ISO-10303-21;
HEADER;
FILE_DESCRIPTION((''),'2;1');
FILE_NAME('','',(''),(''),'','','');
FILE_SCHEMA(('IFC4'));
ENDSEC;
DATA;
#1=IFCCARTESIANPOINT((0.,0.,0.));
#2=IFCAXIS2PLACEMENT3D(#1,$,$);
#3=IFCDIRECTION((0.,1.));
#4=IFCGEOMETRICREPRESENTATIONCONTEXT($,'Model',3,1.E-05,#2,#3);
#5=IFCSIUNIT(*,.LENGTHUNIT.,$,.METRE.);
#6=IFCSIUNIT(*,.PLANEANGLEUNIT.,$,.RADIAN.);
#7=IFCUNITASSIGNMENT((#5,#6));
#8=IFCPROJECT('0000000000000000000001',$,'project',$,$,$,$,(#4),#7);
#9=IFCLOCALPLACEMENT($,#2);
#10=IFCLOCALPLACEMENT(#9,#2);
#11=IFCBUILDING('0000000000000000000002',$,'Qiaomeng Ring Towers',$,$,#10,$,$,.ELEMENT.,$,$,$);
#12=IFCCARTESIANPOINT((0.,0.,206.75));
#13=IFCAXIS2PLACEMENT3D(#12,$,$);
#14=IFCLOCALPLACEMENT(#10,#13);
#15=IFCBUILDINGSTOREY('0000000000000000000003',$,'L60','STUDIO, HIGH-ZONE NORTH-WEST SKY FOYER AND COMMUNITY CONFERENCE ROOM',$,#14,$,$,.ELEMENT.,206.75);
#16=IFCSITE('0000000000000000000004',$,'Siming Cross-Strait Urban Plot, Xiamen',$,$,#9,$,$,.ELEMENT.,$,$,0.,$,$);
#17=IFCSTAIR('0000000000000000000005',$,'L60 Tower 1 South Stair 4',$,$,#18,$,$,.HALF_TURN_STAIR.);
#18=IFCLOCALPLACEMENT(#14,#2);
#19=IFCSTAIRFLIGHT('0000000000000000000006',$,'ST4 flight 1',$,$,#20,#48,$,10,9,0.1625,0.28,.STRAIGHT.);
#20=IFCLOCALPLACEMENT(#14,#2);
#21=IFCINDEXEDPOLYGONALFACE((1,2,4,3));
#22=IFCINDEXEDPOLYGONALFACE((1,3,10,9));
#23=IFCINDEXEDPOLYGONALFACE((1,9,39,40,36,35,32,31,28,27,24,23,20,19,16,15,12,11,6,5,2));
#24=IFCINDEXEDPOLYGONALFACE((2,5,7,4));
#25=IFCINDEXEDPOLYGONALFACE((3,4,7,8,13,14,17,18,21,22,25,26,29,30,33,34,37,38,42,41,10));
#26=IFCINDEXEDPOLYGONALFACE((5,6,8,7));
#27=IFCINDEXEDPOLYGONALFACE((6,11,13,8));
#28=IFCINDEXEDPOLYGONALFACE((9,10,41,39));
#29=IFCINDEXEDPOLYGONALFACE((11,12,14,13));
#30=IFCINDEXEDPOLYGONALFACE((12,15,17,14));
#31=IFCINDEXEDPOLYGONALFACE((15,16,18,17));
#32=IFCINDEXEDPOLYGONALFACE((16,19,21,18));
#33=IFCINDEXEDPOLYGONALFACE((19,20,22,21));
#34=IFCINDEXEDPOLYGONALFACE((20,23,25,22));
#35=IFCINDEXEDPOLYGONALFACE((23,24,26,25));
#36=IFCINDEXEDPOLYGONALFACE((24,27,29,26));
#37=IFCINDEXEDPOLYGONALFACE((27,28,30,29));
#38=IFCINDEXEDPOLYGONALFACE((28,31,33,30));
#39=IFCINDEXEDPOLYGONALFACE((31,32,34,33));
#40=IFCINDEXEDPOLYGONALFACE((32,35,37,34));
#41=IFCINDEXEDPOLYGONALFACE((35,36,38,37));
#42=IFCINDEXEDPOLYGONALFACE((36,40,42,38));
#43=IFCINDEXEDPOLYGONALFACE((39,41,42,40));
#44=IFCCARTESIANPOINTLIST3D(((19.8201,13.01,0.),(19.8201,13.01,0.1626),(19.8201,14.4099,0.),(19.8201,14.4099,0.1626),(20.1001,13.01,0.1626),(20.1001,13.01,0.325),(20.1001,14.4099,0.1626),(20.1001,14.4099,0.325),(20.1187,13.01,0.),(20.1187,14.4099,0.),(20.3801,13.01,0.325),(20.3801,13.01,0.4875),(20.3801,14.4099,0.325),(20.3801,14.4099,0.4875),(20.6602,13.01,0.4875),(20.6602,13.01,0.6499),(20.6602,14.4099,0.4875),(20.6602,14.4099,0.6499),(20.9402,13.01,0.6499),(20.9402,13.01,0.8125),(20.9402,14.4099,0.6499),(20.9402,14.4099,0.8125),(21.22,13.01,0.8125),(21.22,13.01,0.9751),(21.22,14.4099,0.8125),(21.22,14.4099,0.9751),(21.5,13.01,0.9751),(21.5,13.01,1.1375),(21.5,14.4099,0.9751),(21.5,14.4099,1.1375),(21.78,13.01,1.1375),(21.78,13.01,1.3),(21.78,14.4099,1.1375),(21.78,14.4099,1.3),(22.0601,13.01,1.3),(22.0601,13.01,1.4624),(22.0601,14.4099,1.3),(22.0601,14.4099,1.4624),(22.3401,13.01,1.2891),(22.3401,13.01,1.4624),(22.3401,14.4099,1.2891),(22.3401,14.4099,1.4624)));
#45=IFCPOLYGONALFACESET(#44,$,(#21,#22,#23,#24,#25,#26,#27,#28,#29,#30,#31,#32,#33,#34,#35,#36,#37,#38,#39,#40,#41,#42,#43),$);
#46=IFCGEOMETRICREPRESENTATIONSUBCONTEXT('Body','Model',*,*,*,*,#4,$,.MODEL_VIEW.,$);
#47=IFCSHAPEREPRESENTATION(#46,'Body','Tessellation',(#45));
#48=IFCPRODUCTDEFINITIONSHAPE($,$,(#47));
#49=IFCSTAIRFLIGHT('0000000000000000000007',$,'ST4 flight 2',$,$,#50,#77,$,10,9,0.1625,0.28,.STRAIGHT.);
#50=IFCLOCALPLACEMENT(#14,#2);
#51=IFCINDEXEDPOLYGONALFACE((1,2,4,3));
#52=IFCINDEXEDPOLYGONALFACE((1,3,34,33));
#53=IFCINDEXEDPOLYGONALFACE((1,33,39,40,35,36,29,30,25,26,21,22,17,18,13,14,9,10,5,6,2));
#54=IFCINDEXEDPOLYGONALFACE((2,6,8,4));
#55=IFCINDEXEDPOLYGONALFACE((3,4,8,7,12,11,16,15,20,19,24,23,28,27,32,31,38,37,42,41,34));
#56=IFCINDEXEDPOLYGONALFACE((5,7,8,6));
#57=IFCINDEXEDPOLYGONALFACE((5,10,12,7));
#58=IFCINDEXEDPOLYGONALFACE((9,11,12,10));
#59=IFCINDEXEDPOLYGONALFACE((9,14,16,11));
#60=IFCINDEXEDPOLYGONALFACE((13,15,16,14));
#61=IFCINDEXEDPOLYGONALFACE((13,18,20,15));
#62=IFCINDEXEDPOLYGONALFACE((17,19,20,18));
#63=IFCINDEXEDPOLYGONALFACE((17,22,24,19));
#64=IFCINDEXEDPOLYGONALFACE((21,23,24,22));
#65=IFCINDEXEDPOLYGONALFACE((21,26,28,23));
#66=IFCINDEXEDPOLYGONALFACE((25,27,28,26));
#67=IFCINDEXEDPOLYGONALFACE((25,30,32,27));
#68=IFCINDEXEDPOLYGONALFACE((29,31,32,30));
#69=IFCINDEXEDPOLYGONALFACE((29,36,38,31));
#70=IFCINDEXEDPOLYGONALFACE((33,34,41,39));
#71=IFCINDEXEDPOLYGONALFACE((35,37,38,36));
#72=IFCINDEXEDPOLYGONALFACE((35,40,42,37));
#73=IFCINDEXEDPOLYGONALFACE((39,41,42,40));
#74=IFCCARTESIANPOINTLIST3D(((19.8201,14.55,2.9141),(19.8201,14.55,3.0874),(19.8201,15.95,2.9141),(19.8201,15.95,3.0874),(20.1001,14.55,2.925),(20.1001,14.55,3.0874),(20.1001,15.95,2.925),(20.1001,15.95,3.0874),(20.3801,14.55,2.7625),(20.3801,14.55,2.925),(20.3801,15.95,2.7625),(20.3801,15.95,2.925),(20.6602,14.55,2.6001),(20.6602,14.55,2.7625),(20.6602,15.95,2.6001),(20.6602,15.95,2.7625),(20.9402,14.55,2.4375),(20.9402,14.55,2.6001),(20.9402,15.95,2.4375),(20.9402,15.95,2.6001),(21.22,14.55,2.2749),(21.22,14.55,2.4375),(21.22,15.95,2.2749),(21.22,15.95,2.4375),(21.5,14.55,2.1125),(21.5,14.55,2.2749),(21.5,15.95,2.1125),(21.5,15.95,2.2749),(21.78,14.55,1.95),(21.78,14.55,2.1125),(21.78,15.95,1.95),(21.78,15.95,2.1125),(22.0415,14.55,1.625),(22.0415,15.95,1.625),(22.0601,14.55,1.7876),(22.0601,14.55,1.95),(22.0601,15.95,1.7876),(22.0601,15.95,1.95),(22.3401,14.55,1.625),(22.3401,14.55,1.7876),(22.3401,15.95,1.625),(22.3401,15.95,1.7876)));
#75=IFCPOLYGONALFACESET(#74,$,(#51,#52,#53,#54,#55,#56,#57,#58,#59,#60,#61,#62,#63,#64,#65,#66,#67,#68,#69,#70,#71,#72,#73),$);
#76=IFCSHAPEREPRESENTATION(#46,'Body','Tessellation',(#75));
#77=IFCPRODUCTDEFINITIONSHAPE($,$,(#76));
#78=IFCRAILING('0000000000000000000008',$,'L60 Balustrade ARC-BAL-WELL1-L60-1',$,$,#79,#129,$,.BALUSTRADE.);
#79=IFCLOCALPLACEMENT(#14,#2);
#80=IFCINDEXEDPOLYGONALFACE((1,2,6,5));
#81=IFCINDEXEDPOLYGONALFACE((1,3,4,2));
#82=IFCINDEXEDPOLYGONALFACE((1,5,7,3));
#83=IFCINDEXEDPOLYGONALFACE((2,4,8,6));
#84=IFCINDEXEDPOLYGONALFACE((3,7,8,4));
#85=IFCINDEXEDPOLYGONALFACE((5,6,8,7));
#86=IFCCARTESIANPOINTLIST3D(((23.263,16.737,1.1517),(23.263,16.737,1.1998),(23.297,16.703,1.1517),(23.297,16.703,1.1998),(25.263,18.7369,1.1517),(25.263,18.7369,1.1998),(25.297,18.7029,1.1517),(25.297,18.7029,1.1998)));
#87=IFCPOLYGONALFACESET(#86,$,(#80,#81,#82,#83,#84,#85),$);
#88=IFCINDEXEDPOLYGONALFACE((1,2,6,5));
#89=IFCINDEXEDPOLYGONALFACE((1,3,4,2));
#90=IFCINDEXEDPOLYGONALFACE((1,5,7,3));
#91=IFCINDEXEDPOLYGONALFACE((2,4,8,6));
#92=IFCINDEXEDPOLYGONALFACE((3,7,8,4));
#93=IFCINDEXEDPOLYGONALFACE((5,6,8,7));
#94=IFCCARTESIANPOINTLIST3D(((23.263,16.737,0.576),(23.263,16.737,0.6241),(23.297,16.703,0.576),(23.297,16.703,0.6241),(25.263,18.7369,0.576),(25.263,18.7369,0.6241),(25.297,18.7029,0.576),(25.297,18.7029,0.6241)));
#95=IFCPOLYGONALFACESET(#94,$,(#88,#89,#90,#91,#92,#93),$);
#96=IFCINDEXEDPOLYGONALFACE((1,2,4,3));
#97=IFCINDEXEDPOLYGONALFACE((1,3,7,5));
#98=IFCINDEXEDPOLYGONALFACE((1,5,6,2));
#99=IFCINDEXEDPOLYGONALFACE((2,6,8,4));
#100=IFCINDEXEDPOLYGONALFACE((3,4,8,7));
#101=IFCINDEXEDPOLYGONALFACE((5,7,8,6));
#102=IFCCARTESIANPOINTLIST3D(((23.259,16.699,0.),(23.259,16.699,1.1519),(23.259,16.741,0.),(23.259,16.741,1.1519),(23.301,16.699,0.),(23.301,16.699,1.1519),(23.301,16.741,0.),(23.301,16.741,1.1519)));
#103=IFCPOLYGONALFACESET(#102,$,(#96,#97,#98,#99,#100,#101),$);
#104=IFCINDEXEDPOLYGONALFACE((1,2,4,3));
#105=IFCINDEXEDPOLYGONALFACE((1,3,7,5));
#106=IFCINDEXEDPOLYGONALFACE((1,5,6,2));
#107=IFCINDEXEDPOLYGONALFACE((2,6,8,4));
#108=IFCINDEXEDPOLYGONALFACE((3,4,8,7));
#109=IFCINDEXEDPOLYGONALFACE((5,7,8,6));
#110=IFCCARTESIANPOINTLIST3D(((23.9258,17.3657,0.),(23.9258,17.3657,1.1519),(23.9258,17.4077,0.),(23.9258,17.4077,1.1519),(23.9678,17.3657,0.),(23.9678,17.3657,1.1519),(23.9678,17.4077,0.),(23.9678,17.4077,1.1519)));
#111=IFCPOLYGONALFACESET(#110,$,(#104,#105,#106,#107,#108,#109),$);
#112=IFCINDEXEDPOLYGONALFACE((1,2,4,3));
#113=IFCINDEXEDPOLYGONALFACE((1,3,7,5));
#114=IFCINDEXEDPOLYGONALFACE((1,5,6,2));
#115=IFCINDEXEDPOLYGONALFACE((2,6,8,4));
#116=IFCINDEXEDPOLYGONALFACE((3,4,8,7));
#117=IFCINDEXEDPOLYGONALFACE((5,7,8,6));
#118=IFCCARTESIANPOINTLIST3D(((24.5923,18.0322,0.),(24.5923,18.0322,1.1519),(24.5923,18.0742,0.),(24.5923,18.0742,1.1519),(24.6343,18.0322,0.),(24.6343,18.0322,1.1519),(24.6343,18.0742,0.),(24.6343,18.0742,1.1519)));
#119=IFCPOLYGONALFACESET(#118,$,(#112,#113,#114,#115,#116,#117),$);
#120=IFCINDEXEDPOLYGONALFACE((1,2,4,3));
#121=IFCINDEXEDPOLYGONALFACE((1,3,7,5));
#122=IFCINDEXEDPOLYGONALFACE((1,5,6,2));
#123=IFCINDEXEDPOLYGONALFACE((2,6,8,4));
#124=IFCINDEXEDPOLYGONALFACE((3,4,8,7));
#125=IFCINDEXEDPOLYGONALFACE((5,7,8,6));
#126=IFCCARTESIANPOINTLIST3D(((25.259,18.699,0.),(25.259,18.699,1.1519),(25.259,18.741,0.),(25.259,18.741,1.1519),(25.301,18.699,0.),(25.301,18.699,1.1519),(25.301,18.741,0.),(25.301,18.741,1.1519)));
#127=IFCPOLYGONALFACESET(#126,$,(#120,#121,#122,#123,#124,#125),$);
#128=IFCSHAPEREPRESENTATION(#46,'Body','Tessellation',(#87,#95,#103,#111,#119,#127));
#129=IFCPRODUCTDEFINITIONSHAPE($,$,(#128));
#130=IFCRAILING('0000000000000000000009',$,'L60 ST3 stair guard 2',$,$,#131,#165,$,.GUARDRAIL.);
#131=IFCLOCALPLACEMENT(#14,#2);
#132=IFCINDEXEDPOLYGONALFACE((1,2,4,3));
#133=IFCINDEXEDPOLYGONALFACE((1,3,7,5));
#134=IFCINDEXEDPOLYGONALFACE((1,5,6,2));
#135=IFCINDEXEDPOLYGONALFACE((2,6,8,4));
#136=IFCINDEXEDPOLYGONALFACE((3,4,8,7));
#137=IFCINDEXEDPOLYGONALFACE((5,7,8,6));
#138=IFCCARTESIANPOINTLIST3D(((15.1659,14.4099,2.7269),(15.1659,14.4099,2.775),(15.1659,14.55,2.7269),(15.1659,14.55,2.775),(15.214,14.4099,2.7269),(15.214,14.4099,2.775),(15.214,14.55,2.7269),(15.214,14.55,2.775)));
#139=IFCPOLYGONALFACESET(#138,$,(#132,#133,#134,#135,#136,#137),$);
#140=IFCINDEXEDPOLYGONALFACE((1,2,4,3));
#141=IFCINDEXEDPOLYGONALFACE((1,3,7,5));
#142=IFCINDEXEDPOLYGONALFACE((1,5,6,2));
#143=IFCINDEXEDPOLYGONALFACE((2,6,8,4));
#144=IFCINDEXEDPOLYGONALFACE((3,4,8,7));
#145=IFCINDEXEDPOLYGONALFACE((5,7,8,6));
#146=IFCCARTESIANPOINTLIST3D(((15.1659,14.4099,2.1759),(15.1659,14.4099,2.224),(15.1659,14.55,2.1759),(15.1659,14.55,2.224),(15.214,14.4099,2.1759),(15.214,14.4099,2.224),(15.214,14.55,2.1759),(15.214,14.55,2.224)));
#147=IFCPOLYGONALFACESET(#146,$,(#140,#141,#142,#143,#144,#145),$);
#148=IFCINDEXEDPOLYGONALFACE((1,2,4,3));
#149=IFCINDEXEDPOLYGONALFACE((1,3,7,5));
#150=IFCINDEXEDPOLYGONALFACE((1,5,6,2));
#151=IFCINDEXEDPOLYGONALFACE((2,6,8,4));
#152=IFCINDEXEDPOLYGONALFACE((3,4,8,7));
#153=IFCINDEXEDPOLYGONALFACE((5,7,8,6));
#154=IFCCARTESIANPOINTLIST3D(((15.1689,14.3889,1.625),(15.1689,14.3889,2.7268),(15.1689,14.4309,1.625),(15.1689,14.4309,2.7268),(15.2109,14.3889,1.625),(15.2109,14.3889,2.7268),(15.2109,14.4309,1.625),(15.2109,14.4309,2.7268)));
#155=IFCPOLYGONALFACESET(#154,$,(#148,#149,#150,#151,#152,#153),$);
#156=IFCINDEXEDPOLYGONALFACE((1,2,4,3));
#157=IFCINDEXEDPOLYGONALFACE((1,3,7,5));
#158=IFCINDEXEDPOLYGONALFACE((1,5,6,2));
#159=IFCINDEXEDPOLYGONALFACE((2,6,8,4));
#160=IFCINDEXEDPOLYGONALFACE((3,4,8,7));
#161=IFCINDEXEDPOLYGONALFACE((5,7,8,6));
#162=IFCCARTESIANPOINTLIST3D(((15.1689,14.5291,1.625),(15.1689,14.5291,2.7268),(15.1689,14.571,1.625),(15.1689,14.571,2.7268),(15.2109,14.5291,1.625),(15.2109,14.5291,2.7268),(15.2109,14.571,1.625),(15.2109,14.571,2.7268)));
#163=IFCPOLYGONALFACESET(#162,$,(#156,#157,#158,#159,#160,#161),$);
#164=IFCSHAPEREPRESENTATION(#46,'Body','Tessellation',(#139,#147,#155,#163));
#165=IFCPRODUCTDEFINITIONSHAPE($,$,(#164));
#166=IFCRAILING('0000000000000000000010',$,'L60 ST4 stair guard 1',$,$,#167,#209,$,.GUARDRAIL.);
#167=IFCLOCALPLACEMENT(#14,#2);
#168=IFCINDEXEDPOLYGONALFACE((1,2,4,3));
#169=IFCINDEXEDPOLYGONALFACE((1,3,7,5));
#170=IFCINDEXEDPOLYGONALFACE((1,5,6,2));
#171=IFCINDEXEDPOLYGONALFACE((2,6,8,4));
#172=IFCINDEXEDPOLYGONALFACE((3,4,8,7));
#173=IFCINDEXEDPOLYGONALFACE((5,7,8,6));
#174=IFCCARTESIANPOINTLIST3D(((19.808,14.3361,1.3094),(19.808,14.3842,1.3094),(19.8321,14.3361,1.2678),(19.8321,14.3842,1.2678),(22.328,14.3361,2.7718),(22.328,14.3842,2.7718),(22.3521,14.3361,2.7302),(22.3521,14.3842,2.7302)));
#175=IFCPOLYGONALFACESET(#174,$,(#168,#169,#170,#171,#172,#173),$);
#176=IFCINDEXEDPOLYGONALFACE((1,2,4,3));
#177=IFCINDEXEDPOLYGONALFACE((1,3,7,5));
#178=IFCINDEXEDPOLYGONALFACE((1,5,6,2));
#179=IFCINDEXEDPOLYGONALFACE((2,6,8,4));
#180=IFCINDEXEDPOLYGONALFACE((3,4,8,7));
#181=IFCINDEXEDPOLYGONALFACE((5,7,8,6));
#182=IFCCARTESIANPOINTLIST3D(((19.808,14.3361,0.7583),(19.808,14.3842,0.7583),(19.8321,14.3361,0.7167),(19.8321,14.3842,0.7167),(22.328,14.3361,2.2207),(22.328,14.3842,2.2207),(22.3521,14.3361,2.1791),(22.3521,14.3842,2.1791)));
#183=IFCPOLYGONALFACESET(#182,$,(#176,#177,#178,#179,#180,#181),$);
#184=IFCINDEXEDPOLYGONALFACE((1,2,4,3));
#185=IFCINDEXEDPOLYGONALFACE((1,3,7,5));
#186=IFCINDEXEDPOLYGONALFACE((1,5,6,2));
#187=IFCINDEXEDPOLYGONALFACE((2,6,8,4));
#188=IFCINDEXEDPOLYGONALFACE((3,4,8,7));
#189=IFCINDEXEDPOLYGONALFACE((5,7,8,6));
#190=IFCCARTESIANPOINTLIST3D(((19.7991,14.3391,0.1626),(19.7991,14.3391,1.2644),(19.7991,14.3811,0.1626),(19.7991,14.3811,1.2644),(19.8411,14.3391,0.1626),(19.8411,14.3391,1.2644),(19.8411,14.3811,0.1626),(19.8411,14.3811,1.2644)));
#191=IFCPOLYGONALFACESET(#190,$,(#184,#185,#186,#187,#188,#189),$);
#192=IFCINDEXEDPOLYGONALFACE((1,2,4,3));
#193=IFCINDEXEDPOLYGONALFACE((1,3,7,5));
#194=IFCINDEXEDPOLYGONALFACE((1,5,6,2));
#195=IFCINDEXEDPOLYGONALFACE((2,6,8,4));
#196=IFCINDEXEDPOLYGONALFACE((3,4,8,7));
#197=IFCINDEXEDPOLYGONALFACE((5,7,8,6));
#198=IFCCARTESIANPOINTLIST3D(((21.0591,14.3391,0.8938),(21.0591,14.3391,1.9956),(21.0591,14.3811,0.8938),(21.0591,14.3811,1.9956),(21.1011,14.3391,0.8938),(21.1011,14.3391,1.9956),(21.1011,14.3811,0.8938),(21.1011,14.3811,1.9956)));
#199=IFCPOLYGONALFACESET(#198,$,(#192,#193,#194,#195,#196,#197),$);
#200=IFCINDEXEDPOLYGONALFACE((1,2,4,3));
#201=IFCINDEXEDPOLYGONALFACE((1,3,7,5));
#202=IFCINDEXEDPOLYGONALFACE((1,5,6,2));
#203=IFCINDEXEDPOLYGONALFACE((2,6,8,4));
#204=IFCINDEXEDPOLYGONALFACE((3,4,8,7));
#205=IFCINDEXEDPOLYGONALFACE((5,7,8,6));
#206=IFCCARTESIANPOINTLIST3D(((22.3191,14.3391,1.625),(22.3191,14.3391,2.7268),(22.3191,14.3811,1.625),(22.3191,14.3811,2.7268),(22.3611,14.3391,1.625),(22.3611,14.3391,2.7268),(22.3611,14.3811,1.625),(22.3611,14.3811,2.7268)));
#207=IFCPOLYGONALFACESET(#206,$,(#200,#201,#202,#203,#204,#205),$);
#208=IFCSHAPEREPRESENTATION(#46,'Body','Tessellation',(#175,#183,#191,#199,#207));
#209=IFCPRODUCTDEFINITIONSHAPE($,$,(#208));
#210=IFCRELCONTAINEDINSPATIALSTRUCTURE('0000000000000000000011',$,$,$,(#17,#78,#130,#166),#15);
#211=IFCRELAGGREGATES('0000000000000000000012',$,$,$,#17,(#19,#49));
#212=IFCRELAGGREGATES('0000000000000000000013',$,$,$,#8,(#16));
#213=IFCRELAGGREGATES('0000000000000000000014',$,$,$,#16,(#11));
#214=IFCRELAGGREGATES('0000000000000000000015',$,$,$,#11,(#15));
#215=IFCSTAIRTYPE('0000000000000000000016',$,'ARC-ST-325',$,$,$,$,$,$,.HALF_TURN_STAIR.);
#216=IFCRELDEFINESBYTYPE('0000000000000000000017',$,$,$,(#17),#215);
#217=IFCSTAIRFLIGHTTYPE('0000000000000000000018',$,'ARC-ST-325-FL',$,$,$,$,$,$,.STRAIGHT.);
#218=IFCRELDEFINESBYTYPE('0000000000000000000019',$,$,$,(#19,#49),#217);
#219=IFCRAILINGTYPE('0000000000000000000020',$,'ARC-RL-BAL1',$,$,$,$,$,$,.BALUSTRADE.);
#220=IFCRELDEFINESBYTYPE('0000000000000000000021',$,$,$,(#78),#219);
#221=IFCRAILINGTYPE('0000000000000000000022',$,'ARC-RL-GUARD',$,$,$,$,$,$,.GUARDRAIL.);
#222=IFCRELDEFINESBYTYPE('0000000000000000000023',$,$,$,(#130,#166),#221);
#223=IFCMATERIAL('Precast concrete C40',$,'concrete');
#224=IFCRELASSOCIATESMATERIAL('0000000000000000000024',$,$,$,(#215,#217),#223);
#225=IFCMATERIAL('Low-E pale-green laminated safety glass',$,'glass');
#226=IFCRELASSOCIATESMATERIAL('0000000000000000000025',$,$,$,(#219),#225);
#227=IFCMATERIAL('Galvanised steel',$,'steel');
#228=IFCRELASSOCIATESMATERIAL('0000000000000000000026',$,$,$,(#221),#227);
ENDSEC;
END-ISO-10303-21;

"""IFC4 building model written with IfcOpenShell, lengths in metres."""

from ifc_helpers import new_model, si_unit, direction, frame, origin, origin_2d, place, context, subcontext, project, spatial, polyline, rectangle, outline, extrude, source, transform, mapped, material, type_object, element, aggregate, save


model = new_model("IFC4")

# Units and contexts
model_context = context("Model", 3, precision=1e-05, world=origin(), true_north=direction((0.0, 1.0)))
body_context = subcontext(model_context, "Body", "Model", "MODEL_VIEW")
ifc_project = project(units=[si_unit("LENGTHUNIT", "METRE"), si_unit("PLANEANGLEUNIT", "RADIAN")], contexts=[model_context])

# Site, building, storey
site_placement = place(None, origin())
site = spatial("IfcSite", under=ifc_project, at=site_placement, Name="Siming Cross-Strait Urban Plot, Xiamen", CompositionType="ELEMENT", RefElevation=0.0)
building_placement = place(site_placement, origin())
building = spatial("IfcBuilding", under=site, at=building_placement, Name="Qiaomeng Ring Towers", CompositionType="ELEMENT")
storey_placement = place(building_placement, frame((0.0, 0.0, 206.75)))
storey = spatial("IfcBuildingStorey", under=building, at=storey_placement, Name="L60", Description="STUDIO, HIGH-ZONE NORTH-WEST SKY FOYER AND COMMUNITY CONFERENCE ROOM", CompositionType="ELEMENT", Elevation=206.75)

# Shared definitions
ifc_material_1 = material(Name="Galvanised steel", Category="steel")

# Stair, stair flights
ifc_material_2 = material(Name="Precast concrete C40", Category="concrete")
stair_type = type_object("IfcStairType", Name="ARC-ST-325", PredefinedType="HALF_TURN_STAIR", material=ifc_material_2)
stair_placement = place(storey_placement, origin())
stair = element("IfcStair", 1, at=stair_placement, inside=storey, type_object=stair_type, Name="L60 Tower 1 South Stair 4", PredefinedType="HALF_TURN_STAIR")
stair_flight_type = type_object("IfcStairFlightType", Name="ARC-ST-325-FL", PredefinedType="STRAIGHT", material=ifc_material_2)
shared_shape_1 = source(origin(), body_context, "Body", "SweptSolid", [
    extrude(outline(polyline([(0.0, 0.0), (0.0, 0.1626), (0.28, 0.1626), (0.28, 0.325), (0.5601, 0.325), (0.5601, 0.4875), (0.8401, 0.4875), (0.8401, 0.6499), (1.1201, 0.6499), (1.1201, 0.8125), (1.3999, 0.8125), (1.3999, 0.9751), (1.6799, 0.9751), (1.6799, 1.1375), (1.96, 1.1375), (1.96, 1.3), (2.24, 1.3), (2.24, 1.4624), (2.52, 1.4624), (2.52, 1.625), (2.52, 1.2891), (0.2986, 0.0), (0.0, 0.0)])), frame((0.0, 0.7, 0.0), z_axis=(0.0, -1.0, 0.0), x_axis=(1.0, 0.0, 0.0)), (0.0, 0.0, 1.0), 1.3999),
])
stair_flight_1_placement = place(storey_placement, frame((19.8201, 13.71, 0.0), z_axis=(0.0, 0.0, 1.0), x_axis=(1.0, 0.0, 0.0)))
stair_flight_1 = element("IfcStairFlight", 2, at=stair_flight_1_placement, type_object=stair_flight_type, Name="ST4 flight 1", NumberOfRisers=10, NumberOfTreads=9, PredefinedType="STRAIGHT", RiserHeight=0.1625, TreadLength=0.28, context=body_context, shape_type="MappedRepresentation", body=[
    mapped(shared_shape_1, transform((0.0, 0.0, 0.0), x_axis=(1.0, 0.0, 0.0), y_axis=(0.0, 1.0, 0.0), z_axis=(0.0, 0.0, 1.0), scale=1.0)),
])
stair_flight_2_placement = place(storey_placement, frame((22.3401, 15.25, 1.625), z_axis=(0.0, 0.0, 1.0), x_axis=(-1.0, 0.0, 0.0)))
stair_flight_2 = element("IfcStairFlight", 3, at=stair_flight_2_placement, type_object=stair_flight_type, Name="ST4 flight 2", NumberOfRisers=10, NumberOfTreads=9, PredefinedType="STRAIGHT", RiserHeight=0.1625, TreadLength=0.28, context=body_context, shape_type="MappedRepresentation", body=[
    mapped(shared_shape_1, transform((0.0, 0.0, 0.0), x_axis=(1.0, 0.0, 0.0), y_axis=(0.0, 1.0, 0.0), z_axis=(0.0, 0.0, 1.0), scale=1.0)),
])
aggregate(stair, [stair_flight_1, stair_flight_2])

# Railings
ifc_material_3 = material(Name="Low-E pale-green laminated safety glass", Category="glass")
railing_type_1 = type_object("IfcRailingType", Name="ARC-RL-BAL1", PredefinedType="BALUSTRADE", material=ifc_material_3)
railing_1_placement = place(storey_placement, frame((23.28, 16.72, 0.0)))
element("IfcRailing", 4, at=railing_1_placement, inside=storey, type_object=railing_type_1, Name="L60 Balustrade ARC-BAL-WELL1-L60-1", PredefinedType="BALUSTRADE", context=body_context, shape_type="SweptSolid", body=[
    extrude(rectangle(XDim=0.0481, YDim=0.0481, at=origin_2d()), frame((0.0, 0.0, 1.1758), z_axis=(0.707107, 0.707107, 0.0), x_axis=(-0.707107, 0.707107, 0.0)), (0.0, 0.0, 1.0), 2.8284),
    extrude(rectangle(XDim=0.0481, YDim=0.0481, at=origin_2d()), frame((0.0, 0.0, 0.6001), z_axis=(0.707107, 0.707107, 0.0), x_axis=(-0.707107, 0.707107, 0.0)), (0.0, 0.0, 1.0), 2.8284),
    extrude(rectangle(XDim=0.042, YDim=0.042, at=origin_2d()), origin(), (0.0, 0.0, 1.0), 1.1519),
    extrude(rectangle(XDim=0.042, YDim=0.042, at=origin_2d()), frame((0.6667, 0.6667, 0.0)), (0.0, 0.0, 1.0), 1.1519),
    extrude(rectangle(XDim=0.042, YDim=0.042, at=origin_2d()), frame((1.3333, 1.3333, 0.0)), (0.0, 0.0, 1.0), 1.1519),
    extrude(rectangle(XDim=0.042, YDim=0.042, at=origin_2d()), frame((2.0, 2.0, 0.0)), (0.0, 0.0, 1.0), 1.1519),
])
railing_type_2 = type_object("IfcRailingType", Name="ARC-RL-GUARD", PredefinedType="GUARDRAIL", material=ifc_material_1)
railing_2_placement = place(storey_placement, frame((15.1899, 14.4099, 1.625)))
element("IfcRailing", 5, at=railing_2_placement, inside=storey, type_object=railing_type_2, Name="L60 ST3 stair guard 2", PredefinedType="GUARDRAIL", context=body_context, shape_type="SweptSolid", body=[
    extrude(rectangle(XDim=0.0481, YDim=0.0481, at=origin_2d()), frame((0.0, 0.0, 1.126), z_axis=(0.0, 1.0, 0.0), x_axis=(-1.0, 0.0, 0.0)), (0.0, 0.0, 1.0), 0.1401),
    extrude(rectangle(XDim=0.0481, YDim=0.0481, at=origin_2d()), frame((0.0, 0.0, 0.575), z_axis=(0.0, 1.0, 0.0), x_axis=(-1.0, 0.0, 0.0)), (0.0, 0.0, 1.0), 0.1401),
    extrude(rectangle(XDim=0.042, YDim=0.042, at=origin_2d()), origin(), (0.0, 0.0, 1.0), 1.1018),
    extrude(rectangle(XDim=0.042, YDim=0.042, at=origin_2d()), frame((0.0, 0.1401, 0.0)), (0.0, 0.0, 1.0), 1.1018),
])
railing_3_placement = place(storey_placement, frame((19.8201, 14.3601, 0.1626)))
element("IfcRailing", 6, at=railing_3_placement, inside=storey, type_object=railing_type_2, Name="L60 ST4 stair guard 1", PredefinedType="GUARDRAIL", context=body_context, shape_type="SweptSolid", body=[
    extrude(rectangle(XDim=0.0481, YDim=0.0481, at=origin_2d()), frame((0.0, 0.0, 1.126), z_axis=(0.864913, 0.0, 0.501921), x_axis=(0.0, 1.0, 0.0)), (0.0, 0.0, 1.0), 2.9136),
    extrude(rectangle(XDim=0.0481, YDim=0.0481, at=origin_2d()), frame((0.0, 0.0, 0.575), z_axis=(0.864913, 0.0, 0.501921), x_axis=(0.0, 1.0, 0.0)), (0.0, 0.0, 1.0), 2.9136),
    extrude(rectangle(XDim=0.042, YDim=0.042, at=origin_2d()), origin(), (0.0, 0.0, 1.0), 1.1018),
    extrude(rectangle(XDim=0.042, YDim=0.042, at=origin_2d()), frame((1.26, 0.0, 0.7312)), (0.0, 0.0, 1.0), 1.1018),
    extrude(rectangle(XDim=0.042, YDim=0.042, at=origin_2d()), frame((2.52, 0.0, 1.4624)), (0.0, 0.0, 1.0), 1.1018),
])

save(model, "model.ifc")
